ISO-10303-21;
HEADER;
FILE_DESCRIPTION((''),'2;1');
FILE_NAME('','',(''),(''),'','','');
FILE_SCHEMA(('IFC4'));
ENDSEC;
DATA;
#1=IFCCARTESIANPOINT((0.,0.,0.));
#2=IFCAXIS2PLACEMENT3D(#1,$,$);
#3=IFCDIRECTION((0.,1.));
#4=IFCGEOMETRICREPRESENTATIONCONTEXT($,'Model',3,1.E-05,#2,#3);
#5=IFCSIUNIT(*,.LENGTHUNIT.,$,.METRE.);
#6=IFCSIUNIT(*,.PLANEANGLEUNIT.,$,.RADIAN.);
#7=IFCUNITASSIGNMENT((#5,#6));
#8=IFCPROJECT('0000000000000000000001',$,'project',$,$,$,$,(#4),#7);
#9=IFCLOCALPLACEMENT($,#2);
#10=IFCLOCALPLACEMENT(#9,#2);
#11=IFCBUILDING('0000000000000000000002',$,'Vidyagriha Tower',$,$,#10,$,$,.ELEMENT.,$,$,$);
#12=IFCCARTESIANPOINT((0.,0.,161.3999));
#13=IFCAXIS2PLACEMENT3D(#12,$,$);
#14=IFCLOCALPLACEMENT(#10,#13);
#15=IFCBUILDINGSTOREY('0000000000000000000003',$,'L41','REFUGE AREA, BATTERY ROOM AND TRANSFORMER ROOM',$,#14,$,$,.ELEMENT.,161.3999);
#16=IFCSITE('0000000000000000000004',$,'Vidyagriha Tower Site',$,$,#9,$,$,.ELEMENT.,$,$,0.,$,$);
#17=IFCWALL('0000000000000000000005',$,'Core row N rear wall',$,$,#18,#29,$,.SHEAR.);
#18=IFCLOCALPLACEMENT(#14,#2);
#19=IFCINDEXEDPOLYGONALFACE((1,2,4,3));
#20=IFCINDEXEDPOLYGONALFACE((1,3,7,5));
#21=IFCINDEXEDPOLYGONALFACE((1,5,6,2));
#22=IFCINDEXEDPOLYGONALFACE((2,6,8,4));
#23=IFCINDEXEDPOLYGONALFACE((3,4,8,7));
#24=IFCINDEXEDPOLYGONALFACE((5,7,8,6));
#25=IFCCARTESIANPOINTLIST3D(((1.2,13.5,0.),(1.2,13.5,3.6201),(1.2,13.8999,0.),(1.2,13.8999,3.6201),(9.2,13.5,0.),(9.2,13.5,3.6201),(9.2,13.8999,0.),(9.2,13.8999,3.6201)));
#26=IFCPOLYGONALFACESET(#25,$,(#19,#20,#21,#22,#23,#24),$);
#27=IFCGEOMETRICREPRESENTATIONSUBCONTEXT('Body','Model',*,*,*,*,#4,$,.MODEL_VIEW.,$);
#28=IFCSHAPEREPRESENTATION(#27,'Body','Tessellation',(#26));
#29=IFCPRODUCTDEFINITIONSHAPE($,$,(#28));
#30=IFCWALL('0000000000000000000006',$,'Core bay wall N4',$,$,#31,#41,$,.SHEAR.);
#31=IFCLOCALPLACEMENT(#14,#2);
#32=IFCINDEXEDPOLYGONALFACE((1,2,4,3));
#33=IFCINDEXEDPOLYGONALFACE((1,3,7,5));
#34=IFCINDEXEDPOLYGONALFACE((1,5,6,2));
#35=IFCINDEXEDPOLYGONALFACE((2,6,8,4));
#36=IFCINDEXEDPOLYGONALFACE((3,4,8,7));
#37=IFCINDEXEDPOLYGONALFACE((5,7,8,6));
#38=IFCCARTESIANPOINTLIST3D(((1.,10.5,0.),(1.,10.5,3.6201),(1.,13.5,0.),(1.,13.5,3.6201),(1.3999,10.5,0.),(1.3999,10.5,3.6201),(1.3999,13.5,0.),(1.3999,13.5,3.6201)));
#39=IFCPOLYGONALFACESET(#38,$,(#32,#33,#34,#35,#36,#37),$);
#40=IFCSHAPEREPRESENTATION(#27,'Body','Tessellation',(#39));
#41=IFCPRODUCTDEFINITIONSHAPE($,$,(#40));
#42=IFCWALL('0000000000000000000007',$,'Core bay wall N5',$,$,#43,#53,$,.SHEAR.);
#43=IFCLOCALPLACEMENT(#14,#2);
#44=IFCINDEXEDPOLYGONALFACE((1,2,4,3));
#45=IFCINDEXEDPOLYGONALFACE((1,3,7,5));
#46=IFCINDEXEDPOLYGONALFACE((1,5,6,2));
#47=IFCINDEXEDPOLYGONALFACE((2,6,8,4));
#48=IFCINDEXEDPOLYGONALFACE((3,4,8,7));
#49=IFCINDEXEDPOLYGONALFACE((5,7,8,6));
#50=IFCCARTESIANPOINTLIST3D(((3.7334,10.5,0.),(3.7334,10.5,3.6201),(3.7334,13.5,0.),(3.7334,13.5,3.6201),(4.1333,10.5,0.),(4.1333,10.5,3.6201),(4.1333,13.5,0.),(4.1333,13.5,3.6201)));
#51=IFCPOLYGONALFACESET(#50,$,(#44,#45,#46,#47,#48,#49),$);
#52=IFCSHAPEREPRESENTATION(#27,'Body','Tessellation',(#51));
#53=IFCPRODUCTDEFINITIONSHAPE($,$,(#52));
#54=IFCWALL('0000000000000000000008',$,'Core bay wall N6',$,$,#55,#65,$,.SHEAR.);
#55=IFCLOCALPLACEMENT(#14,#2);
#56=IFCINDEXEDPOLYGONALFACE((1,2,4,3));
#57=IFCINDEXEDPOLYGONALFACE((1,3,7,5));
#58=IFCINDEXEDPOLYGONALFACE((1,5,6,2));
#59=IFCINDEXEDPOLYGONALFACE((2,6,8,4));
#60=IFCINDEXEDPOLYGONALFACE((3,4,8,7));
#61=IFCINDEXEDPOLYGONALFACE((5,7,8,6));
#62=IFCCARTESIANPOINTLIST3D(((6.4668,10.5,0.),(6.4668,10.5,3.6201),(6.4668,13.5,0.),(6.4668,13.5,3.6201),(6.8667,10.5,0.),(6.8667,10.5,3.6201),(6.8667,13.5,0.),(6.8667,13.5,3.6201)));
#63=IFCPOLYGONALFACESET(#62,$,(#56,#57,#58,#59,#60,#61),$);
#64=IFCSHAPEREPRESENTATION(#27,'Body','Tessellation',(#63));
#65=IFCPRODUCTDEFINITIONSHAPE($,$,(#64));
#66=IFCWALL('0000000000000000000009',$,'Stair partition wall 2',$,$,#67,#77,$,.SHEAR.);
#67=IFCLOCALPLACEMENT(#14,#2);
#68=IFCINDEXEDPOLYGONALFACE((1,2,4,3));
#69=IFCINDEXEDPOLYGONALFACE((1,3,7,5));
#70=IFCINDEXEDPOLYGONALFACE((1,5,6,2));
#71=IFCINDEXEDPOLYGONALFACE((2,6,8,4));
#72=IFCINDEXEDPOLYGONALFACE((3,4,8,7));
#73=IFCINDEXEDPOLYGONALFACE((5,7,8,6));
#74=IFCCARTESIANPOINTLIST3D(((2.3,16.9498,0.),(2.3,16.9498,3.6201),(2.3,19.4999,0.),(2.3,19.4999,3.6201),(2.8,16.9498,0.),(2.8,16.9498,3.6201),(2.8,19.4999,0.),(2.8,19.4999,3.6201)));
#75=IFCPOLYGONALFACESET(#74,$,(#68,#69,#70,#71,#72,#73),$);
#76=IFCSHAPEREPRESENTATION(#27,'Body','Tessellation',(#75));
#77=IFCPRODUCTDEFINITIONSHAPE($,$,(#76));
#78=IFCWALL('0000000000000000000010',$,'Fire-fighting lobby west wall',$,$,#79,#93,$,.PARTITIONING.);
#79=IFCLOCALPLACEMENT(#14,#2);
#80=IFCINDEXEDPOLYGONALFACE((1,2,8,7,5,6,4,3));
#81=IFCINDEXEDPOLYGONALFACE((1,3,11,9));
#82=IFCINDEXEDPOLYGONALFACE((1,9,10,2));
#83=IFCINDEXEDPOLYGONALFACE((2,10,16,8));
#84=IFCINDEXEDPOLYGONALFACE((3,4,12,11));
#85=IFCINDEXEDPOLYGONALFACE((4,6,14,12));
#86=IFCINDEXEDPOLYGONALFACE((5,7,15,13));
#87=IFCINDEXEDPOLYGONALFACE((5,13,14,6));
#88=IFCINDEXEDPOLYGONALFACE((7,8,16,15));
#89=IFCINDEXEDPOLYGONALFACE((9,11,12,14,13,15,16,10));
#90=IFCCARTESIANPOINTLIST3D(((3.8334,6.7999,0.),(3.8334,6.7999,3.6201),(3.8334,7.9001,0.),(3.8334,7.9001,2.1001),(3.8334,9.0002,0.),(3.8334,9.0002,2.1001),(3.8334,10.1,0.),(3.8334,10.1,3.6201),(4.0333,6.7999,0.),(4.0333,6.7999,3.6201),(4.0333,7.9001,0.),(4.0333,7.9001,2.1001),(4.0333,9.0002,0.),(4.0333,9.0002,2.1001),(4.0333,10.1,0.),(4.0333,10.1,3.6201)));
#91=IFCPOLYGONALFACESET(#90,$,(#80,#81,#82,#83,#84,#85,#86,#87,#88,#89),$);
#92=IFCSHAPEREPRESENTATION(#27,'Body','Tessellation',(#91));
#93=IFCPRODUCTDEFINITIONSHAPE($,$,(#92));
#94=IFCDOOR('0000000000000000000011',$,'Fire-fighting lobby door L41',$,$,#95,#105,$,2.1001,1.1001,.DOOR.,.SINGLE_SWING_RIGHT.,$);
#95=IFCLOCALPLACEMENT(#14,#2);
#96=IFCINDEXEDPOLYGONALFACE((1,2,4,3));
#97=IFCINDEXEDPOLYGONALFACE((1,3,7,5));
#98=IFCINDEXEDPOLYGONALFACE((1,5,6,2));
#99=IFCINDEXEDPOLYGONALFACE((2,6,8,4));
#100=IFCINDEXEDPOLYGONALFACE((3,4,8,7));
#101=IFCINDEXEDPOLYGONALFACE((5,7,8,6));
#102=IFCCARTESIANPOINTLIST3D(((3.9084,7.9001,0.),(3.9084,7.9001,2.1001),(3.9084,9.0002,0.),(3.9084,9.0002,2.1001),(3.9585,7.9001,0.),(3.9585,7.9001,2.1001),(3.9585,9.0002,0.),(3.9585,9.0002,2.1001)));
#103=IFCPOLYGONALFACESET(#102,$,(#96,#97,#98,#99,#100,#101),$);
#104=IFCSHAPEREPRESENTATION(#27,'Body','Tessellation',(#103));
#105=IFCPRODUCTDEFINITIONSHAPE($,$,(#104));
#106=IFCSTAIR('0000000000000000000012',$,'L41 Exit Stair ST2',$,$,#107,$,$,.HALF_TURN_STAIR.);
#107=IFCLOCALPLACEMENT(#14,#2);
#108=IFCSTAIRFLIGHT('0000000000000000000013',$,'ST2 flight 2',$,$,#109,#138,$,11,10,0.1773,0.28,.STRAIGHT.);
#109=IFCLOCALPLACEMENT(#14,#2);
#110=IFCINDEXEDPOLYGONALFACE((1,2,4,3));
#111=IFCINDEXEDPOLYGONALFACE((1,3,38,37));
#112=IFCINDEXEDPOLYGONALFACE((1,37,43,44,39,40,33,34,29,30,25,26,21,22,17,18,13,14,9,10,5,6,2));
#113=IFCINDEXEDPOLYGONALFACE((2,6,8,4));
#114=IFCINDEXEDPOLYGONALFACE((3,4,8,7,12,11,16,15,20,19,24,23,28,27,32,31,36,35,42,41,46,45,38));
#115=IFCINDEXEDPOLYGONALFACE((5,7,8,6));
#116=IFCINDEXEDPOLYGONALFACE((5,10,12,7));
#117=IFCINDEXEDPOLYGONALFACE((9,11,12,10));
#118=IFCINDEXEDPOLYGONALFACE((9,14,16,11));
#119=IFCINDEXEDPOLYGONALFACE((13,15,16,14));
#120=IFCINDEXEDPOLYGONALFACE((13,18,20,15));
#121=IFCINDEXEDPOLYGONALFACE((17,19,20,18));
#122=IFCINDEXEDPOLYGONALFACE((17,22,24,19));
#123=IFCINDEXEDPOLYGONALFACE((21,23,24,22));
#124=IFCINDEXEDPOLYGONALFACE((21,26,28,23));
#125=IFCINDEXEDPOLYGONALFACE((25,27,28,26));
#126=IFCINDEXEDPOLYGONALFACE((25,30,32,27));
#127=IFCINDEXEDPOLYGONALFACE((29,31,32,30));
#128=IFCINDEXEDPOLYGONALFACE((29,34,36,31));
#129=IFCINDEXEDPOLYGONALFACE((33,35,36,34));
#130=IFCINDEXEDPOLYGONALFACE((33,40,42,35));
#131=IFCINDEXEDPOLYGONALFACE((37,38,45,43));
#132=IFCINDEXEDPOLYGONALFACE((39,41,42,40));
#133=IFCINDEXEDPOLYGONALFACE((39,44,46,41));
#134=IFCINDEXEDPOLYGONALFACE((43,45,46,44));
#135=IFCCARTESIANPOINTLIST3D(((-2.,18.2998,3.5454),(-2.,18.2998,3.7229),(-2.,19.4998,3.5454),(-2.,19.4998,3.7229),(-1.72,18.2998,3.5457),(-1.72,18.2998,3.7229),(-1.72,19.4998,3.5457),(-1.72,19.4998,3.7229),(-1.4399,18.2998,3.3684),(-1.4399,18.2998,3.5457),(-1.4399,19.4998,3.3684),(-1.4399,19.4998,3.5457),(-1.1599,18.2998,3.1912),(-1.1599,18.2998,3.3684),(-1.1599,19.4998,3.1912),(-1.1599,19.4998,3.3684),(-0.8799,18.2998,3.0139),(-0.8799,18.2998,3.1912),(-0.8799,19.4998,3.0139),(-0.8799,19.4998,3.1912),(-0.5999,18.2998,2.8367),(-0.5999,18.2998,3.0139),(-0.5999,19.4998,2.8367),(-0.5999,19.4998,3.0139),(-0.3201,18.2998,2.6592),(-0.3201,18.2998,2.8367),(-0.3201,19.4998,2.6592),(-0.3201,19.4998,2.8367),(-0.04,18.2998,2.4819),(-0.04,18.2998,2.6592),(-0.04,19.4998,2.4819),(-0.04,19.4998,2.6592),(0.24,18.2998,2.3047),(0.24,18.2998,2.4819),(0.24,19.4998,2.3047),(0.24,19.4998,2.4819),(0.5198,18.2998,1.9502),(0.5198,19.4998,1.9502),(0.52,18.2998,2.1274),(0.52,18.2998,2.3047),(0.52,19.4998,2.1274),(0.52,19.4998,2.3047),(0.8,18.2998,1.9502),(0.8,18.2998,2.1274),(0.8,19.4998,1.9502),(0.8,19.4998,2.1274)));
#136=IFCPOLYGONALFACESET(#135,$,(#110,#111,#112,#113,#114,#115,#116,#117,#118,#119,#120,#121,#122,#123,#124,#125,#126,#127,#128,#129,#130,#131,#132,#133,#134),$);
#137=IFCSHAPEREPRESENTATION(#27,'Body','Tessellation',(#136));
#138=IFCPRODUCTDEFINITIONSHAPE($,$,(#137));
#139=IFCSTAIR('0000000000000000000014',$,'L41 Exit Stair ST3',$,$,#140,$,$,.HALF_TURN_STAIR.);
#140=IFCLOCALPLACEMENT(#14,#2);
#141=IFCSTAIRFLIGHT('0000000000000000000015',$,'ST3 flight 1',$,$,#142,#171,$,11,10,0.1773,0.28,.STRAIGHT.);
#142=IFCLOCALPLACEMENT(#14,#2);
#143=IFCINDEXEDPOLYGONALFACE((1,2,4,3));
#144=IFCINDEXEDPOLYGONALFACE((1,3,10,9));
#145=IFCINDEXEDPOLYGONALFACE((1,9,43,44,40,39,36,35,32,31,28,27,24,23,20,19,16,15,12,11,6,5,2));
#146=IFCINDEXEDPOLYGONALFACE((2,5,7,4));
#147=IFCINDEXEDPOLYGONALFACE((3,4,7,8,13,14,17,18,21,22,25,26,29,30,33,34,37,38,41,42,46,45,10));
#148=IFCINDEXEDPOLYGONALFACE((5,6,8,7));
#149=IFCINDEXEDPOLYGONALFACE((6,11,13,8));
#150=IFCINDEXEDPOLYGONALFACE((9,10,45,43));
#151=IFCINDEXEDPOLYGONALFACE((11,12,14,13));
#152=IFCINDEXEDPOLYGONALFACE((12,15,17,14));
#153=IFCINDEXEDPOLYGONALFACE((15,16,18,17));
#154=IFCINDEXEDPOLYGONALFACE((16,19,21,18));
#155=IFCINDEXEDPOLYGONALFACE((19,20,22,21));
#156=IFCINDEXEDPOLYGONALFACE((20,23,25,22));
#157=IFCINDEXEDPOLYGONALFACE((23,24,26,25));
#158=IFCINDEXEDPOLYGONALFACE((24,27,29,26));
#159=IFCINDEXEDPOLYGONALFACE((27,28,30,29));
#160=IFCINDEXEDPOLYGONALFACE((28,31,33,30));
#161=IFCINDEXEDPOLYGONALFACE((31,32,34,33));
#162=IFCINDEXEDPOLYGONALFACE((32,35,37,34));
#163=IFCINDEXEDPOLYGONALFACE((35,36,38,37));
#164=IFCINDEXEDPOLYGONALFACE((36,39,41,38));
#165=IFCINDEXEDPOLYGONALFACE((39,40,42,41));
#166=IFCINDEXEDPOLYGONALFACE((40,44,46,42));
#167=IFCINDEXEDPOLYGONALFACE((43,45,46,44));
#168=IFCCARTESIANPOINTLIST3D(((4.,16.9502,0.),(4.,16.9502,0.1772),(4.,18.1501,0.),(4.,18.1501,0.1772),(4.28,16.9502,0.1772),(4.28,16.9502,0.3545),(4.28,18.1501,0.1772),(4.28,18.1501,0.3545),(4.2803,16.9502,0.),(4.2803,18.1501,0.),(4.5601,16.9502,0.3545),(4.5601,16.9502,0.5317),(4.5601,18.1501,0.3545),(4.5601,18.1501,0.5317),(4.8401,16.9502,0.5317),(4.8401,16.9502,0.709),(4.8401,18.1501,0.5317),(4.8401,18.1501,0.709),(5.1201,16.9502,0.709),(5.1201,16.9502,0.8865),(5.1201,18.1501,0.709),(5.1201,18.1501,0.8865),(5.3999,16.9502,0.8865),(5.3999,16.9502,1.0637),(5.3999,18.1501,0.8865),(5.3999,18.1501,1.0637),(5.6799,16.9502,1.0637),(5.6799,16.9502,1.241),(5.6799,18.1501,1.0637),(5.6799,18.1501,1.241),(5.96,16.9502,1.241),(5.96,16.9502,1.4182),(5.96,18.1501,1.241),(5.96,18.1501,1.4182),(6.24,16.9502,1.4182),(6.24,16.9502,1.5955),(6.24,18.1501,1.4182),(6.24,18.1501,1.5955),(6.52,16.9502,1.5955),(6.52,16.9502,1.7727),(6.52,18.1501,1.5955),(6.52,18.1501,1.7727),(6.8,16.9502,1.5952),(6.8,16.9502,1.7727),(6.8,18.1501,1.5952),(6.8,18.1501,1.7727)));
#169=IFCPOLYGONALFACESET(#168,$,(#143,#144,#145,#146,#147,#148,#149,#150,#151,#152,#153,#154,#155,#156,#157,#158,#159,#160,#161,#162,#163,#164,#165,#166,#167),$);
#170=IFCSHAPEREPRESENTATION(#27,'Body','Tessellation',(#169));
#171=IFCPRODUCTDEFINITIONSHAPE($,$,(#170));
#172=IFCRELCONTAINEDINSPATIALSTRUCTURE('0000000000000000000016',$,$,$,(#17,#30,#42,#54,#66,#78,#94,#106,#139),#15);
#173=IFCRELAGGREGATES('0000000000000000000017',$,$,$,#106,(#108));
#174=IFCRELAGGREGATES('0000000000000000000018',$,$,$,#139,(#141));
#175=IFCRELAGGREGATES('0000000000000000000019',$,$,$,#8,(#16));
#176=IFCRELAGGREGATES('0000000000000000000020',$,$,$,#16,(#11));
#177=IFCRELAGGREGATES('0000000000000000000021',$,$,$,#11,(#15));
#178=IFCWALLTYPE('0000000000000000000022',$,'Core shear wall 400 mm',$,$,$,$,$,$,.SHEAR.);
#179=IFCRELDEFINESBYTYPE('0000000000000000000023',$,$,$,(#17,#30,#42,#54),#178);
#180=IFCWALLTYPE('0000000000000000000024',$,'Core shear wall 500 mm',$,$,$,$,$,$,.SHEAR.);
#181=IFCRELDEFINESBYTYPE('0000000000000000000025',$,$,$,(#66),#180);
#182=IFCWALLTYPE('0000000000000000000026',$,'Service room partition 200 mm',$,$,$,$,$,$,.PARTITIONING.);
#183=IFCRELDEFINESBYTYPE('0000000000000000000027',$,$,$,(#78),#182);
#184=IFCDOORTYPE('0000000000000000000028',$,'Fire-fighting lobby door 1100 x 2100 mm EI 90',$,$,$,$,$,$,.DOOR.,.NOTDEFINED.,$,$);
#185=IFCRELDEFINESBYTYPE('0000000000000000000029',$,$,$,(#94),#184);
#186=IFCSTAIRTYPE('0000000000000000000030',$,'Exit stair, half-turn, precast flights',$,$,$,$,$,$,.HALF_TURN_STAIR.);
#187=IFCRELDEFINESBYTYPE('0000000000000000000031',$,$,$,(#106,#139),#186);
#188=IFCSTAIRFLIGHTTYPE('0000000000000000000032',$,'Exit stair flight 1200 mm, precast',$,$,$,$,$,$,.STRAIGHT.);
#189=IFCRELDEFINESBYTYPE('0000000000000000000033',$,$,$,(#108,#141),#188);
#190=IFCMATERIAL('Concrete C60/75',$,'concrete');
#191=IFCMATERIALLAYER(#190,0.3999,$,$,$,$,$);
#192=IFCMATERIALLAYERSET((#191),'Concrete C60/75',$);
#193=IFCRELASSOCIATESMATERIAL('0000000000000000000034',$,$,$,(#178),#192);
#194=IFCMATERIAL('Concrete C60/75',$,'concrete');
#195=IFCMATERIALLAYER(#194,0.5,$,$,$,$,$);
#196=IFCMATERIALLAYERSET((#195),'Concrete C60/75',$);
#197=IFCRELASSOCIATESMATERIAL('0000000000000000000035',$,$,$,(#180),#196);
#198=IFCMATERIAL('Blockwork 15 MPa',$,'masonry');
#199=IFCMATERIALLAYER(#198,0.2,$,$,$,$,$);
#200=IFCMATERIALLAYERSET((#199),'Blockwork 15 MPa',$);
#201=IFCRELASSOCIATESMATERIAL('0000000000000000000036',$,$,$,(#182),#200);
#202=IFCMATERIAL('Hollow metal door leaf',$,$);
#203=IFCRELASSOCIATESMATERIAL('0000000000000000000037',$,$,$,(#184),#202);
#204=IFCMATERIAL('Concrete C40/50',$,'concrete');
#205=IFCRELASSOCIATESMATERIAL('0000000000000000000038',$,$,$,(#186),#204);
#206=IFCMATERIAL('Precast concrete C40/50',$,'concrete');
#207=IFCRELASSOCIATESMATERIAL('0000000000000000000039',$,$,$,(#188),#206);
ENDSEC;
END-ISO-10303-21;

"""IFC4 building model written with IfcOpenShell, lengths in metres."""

from ifc_helpers import new_model, si_unit, direction, frame, frame_2d, origin, place, context, subcontext, project, spatial, polyline, rectangle, outline, extrude, material, layer, layer_set, type_object, element, fill, aggregate, save


model = new_model("IFC4")

# Units and contexts
model_context = context("Model", 3, precision=1e-05, world=origin(), true_north=direction((0.0, 1.0)))
body_context = subcontext(model_context, "Body", "Model", "MODEL_VIEW")
ifc_project = project(units=[si_unit("LENGTHUNIT", "METRE"), si_unit("PLANEANGLEUNIT", "RADIAN")], contexts=[model_context])

# Site, building, storey
site_placement = place(None, origin())
site = spatial("IfcSite", under=ifc_project, at=site_placement, Name="Vidyagriha Tower Site", CompositionType="ELEMENT", RefElevation=0.0)
building_placement = place(site_placement, origin())
building = spatial("IfcBuilding", under=site, at=building_placement, Name="Vidyagriha Tower", CompositionType="ELEMENT")
storey_placement = place(building_placement, frame((0.0, 0.0, 161.3999)))
storey = spatial("IfcBuildingStorey", under=building, at=storey_placement, Name="L41", Description="REFUGE AREA, BATTERY ROOM AND TRANSFORMER ROOM", CompositionType="ELEMENT", Elevation=161.3999)

# Shared definitions
ifc_material_1 = material(Name="Concrete C60/75", Category="concrete")
ifc_layer_1 = layer(ifc_material_1, 0.3999)
ifc_layer_set_1 = layer_set([ifc_layer_1], Name="Concrete C60/75")
wall_type_1 = type_object("IfcWallType", Name="Core shear wall 400 mm", PredefinedType="SHEAR", material=ifc_layer_set_1)

# Walls
wall_1_placement = place(storey_placement, frame((1.2, 13.7, 0.0)))
element("IfcWall", 1, at=wall_1_placement, inside=storey, type_object=wall_type_1, Name="Core row N rear wall", PredefinedType="SHEAR", context=body_context, shape_type="SweptSolid", body=[
    extrude(rectangle(XDim=8.0, YDim=0.3999, at=frame_2d((4.0, 0.0))), origin(), (0.0, 0.0, 1.0), 3.6201),
])
for number, where, z_axis, x_axis, name in (
    (2, (1.2, 10.5, 0.0), (0.0, 0.0, 1.0), (0.0, 1.0, 0.0), "Core bay wall N4"),
    (3, (3.9333, 10.5, 0.0), (0.0, 0.0, 1.0), (0.0, 1.0, 0.0), "Core bay wall N5"),
    (4, (6.6667, 10.5, 0.0), (0.0, 0.0, 1.0), (0.0, 1.0, 0.0), "Core bay wall N6"),
):
    element("IfcWall", number, at=place(storey_placement, frame(where, z_axis=z_axis, x_axis=x_axis)), inside=storey, type_object=wall_type_1, Name=name, PredefinedType="SHEAR", context=body_context, shape_type="SweptSolid", body=[
        extrude(rectangle(XDim=3.0, YDim=0.3999, at=frame_2d((1.5, 0.0))), origin(), (0.0, 0.0, 1.0), 3.6201),
    ])
ifc_material_2 = material(Name="Concrete C60/75", Category="concrete")
ifc_layer_2 = layer(ifc_material_2, 0.5)
ifc_layer_set_2 = layer_set([ifc_layer_2], Name="Concrete C60/75")
wall_type_2 = type_object("IfcWallType", Name="Core shear wall 500 mm", PredefinedType="SHEAR", material=ifc_layer_set_2)
wall_2_placement = place(storey_placement, frame((2.55, 16.95, 0.0), z_axis=(0.0, 0.0, 1.0), x_axis=(0.0, 1.0, 0.0)))
element("IfcWall", 5, at=wall_2_placement, inside=storey, type_object=wall_type_2, Name="Stair partition wall 2", PredefinedType="SHEAR", context=body_context, shape_type="SweptSolid", body=[
    extrude(rectangle(XDim=2.55, YDim=0.5, at=frame_2d((1.2749, 0.0))), origin(), (0.0, 0.0, 1.0), 3.6201),
])

# Wall, opening, door
ifc_material_3 = material(Name="Blockwork 15 MPa", Category="masonry")
ifc_layer_3 = layer(ifc_material_3, 0.2)
ifc_layer_set_3 = layer_set([ifc_layer_3], Name="Blockwork 15 MPa")
wall_type_3 = type_object("IfcWallType", Name="Service room partition 200 mm", PredefinedType="PARTITIONING", material=ifc_layer_set_3)
wall_3_placement = place(storey_placement, frame((3.9333, 6.8, 0.0), z_axis=(0.0, 0.0, 1.0), x_axis=(0.0, 1.0, 0.0)))
wall_3 = element("IfcWall", 6, at=wall_3_placement, inside=storey, type_object=wall_type_3, Name="Fire-fighting lobby west wall", PredefinedType="PARTITIONING", context=body_context, shape_type="SweptSolid", body=[
    extrude(rectangle(XDim=3.3, YDim=0.2, at=frame_2d((1.6499, 0.0))), origin(), (0.0, 0.0, 1.0), 3.6201),
])
opening_1_placement = place(wall_3_placement, frame((1.1001, 0.0, 0.0)))
opening_1 = element("IfcOpeningElement", 7, at=opening_1_placement, cuts=wall_3, PredefinedType="OPENING", context=body_context, shape_type="SweptSolid", body=[
    extrude(rectangle(XDim=1.1001, YDim=2.1001, at=frame_2d((0.55, 1.05))), frame((0.0, 0.1099, 0.0), z_axis=(0.0, -1.0, 0.0), x_axis=(1.0, 0.0, 0.0)), (0.0, 0.0, 1.0), 0.22),
])
ifc_material_4 = material(Name="Hollow metal door leaf")
door_type_1 = type_object("IfcDoorType", Name="Fire-fighting lobby door 1100 x 2100 mm EI 90", OperationType="NOTDEFINED", PredefinedType="DOOR", material=ifc_material_4)
door_1_placement = place(opening_1_placement, origin())
door_1 = element("IfcDoor", 8, at=door_1_placement, inside=storey, type_object=door_type_1, Name="Fire-fighting lobby door L41", OperationType="SINGLE_SWING_RIGHT", OverallHeight=2.1001, OverallWidth=1.1001, PredefinedType="DOOR", context=body_context, shape_type="SweptSolid", body=[
    extrude(rectangle(XDim=1.1001, YDim=2.1001, at=frame_2d((0.55, 1.05))), frame((0.0, 0.0249, 0.0), z_axis=(0.0, -1.0, 0.0), x_axis=(1.0, 0.0, 0.0)), (0.0, 0.0, 1.0), 0.05),
])
fill(opening_1, door_1)

# Stair, stair flight
ifc_material_5 = material(Name="Concrete C40/50", Category="concrete")
stair_type = type_object("IfcStairType", Name="Exit stair, half-turn, precast flights", PredefinedType="HALF_TURN_STAIR", material=ifc_material_5)
stair_1_placement = place(storey_placement, origin())
stair_1 = element("IfcStair", 9, at=stair_1_placement, inside=storey, type_object=stair_type, Name="L41 Exit Stair ST2", PredefinedType="HALF_TURN_STAIR")
ifc_material_6 = material(Name="Precast concrete C40/50", Category="concrete")
stair_flight_type = type_object("IfcStairFlightType", Name="Exit stair flight 1200 mm, precast", PredefinedType="STRAIGHT", material=ifc_material_6)
stair_flight_1_placement = place(storey_placement, frame((0.8, 18.8999, 1.9502), z_axis=(0.0, 0.0, 1.0), x_axis=(-1.0, 0.0, 0.0)))
stair_flight_1 = element("IfcStairFlight", 10, at=stair_flight_1_placement, type_object=stair_flight_type, Name="ST2 flight 2", NumberOfRisers=11, NumberOfTreads=10, PredefinedType="STRAIGHT", RiserHeight=0.1773, TreadLength=0.28, context=body_context, shape_type="SweptSolid", body=[
    extrude(outline(polyline([(0.0, 0.0), (0.0, 0.1772), (0.28, 0.1772), (0.28, 0.3545), (0.5601, 0.3545), (0.5601, 0.5317), (0.8401, 0.5317), (0.8401, 0.709), (1.1201, 0.709), (1.1201, 0.8865), (1.3999, 0.8865), (1.3999, 1.0637), (1.6799, 1.0637), (1.6799, 1.241), (1.96, 1.241), (1.96, 1.4182), (2.24, 1.4182), (2.24, 1.5955), (2.52, 1.5955), (2.52, 1.7727), (2.8, 1.7727), (2.8, 1.95), (2.8, 1.5952), (0.2803, 0.0), (0.0, 0.0)])), frame((0.0, 0.6001, 0.0), z_axis=(0.0, -1.0, 0.0), x_axis=(1.0, 0.0, 0.0)), (0.0, 0.0, 1.0), 1.2),
])
aggregate(stair_1, [stair_flight_1])

# Stair, stair flight
stair_2_placement = place(storey_placement, origin())
stair_2 = element("IfcStair", 11, at=stair_2_placement, inside=storey, type_object=stair_type, Name="L41 Exit Stair ST3", PredefinedType="HALF_TURN_STAIR")
stair_flight_2_placement = place(storey_placement, frame((4.0, 17.55, 0.0)))
stair_flight_2 = element("IfcStairFlight", 12, at=stair_flight_2_placement, type_object=stair_flight_type, Name="ST3 flight 1", NumberOfRisers=11, NumberOfTreads=10, PredefinedType="STRAIGHT", RiserHeight=0.1773, TreadLength=0.28, context=body_context, shape_type="SweptSolid", body=[
    extrude(outline(polyline([(0.0, 0.0), (0.0, 0.1772), (0.28, 0.1772), (0.28, 0.3545), (0.5601, 0.3545), (0.5601, 0.5317), (0.8401, 0.5317), (0.8401, 0.709), (1.1201, 0.709), (1.1201, 0.8865), (1.3999, 0.8865), (1.3999, 1.0637), (1.6799, 1.0637), (1.6799, 1.241), (1.96, 1.241), (1.96, 1.4182), (2.24, 1.4182), (2.24, 1.5955), (2.52, 1.5955), (2.52, 1.7727), (2.8, 1.7727), (2.8, 1.95), (2.8, 1.5952), (0.2803, 0.0), (0.0, 0.0)])), frame((0.0, 0.6001, 0.0), z_axis=(0.0, -1.0, 0.0), x_axis=(1.0, 0.0, 0.0)), (0.0, 0.0, 1.0), 1.2),
])
aggregate(stair_2, [stair_flight_2])

save(model, "model.ifc")
